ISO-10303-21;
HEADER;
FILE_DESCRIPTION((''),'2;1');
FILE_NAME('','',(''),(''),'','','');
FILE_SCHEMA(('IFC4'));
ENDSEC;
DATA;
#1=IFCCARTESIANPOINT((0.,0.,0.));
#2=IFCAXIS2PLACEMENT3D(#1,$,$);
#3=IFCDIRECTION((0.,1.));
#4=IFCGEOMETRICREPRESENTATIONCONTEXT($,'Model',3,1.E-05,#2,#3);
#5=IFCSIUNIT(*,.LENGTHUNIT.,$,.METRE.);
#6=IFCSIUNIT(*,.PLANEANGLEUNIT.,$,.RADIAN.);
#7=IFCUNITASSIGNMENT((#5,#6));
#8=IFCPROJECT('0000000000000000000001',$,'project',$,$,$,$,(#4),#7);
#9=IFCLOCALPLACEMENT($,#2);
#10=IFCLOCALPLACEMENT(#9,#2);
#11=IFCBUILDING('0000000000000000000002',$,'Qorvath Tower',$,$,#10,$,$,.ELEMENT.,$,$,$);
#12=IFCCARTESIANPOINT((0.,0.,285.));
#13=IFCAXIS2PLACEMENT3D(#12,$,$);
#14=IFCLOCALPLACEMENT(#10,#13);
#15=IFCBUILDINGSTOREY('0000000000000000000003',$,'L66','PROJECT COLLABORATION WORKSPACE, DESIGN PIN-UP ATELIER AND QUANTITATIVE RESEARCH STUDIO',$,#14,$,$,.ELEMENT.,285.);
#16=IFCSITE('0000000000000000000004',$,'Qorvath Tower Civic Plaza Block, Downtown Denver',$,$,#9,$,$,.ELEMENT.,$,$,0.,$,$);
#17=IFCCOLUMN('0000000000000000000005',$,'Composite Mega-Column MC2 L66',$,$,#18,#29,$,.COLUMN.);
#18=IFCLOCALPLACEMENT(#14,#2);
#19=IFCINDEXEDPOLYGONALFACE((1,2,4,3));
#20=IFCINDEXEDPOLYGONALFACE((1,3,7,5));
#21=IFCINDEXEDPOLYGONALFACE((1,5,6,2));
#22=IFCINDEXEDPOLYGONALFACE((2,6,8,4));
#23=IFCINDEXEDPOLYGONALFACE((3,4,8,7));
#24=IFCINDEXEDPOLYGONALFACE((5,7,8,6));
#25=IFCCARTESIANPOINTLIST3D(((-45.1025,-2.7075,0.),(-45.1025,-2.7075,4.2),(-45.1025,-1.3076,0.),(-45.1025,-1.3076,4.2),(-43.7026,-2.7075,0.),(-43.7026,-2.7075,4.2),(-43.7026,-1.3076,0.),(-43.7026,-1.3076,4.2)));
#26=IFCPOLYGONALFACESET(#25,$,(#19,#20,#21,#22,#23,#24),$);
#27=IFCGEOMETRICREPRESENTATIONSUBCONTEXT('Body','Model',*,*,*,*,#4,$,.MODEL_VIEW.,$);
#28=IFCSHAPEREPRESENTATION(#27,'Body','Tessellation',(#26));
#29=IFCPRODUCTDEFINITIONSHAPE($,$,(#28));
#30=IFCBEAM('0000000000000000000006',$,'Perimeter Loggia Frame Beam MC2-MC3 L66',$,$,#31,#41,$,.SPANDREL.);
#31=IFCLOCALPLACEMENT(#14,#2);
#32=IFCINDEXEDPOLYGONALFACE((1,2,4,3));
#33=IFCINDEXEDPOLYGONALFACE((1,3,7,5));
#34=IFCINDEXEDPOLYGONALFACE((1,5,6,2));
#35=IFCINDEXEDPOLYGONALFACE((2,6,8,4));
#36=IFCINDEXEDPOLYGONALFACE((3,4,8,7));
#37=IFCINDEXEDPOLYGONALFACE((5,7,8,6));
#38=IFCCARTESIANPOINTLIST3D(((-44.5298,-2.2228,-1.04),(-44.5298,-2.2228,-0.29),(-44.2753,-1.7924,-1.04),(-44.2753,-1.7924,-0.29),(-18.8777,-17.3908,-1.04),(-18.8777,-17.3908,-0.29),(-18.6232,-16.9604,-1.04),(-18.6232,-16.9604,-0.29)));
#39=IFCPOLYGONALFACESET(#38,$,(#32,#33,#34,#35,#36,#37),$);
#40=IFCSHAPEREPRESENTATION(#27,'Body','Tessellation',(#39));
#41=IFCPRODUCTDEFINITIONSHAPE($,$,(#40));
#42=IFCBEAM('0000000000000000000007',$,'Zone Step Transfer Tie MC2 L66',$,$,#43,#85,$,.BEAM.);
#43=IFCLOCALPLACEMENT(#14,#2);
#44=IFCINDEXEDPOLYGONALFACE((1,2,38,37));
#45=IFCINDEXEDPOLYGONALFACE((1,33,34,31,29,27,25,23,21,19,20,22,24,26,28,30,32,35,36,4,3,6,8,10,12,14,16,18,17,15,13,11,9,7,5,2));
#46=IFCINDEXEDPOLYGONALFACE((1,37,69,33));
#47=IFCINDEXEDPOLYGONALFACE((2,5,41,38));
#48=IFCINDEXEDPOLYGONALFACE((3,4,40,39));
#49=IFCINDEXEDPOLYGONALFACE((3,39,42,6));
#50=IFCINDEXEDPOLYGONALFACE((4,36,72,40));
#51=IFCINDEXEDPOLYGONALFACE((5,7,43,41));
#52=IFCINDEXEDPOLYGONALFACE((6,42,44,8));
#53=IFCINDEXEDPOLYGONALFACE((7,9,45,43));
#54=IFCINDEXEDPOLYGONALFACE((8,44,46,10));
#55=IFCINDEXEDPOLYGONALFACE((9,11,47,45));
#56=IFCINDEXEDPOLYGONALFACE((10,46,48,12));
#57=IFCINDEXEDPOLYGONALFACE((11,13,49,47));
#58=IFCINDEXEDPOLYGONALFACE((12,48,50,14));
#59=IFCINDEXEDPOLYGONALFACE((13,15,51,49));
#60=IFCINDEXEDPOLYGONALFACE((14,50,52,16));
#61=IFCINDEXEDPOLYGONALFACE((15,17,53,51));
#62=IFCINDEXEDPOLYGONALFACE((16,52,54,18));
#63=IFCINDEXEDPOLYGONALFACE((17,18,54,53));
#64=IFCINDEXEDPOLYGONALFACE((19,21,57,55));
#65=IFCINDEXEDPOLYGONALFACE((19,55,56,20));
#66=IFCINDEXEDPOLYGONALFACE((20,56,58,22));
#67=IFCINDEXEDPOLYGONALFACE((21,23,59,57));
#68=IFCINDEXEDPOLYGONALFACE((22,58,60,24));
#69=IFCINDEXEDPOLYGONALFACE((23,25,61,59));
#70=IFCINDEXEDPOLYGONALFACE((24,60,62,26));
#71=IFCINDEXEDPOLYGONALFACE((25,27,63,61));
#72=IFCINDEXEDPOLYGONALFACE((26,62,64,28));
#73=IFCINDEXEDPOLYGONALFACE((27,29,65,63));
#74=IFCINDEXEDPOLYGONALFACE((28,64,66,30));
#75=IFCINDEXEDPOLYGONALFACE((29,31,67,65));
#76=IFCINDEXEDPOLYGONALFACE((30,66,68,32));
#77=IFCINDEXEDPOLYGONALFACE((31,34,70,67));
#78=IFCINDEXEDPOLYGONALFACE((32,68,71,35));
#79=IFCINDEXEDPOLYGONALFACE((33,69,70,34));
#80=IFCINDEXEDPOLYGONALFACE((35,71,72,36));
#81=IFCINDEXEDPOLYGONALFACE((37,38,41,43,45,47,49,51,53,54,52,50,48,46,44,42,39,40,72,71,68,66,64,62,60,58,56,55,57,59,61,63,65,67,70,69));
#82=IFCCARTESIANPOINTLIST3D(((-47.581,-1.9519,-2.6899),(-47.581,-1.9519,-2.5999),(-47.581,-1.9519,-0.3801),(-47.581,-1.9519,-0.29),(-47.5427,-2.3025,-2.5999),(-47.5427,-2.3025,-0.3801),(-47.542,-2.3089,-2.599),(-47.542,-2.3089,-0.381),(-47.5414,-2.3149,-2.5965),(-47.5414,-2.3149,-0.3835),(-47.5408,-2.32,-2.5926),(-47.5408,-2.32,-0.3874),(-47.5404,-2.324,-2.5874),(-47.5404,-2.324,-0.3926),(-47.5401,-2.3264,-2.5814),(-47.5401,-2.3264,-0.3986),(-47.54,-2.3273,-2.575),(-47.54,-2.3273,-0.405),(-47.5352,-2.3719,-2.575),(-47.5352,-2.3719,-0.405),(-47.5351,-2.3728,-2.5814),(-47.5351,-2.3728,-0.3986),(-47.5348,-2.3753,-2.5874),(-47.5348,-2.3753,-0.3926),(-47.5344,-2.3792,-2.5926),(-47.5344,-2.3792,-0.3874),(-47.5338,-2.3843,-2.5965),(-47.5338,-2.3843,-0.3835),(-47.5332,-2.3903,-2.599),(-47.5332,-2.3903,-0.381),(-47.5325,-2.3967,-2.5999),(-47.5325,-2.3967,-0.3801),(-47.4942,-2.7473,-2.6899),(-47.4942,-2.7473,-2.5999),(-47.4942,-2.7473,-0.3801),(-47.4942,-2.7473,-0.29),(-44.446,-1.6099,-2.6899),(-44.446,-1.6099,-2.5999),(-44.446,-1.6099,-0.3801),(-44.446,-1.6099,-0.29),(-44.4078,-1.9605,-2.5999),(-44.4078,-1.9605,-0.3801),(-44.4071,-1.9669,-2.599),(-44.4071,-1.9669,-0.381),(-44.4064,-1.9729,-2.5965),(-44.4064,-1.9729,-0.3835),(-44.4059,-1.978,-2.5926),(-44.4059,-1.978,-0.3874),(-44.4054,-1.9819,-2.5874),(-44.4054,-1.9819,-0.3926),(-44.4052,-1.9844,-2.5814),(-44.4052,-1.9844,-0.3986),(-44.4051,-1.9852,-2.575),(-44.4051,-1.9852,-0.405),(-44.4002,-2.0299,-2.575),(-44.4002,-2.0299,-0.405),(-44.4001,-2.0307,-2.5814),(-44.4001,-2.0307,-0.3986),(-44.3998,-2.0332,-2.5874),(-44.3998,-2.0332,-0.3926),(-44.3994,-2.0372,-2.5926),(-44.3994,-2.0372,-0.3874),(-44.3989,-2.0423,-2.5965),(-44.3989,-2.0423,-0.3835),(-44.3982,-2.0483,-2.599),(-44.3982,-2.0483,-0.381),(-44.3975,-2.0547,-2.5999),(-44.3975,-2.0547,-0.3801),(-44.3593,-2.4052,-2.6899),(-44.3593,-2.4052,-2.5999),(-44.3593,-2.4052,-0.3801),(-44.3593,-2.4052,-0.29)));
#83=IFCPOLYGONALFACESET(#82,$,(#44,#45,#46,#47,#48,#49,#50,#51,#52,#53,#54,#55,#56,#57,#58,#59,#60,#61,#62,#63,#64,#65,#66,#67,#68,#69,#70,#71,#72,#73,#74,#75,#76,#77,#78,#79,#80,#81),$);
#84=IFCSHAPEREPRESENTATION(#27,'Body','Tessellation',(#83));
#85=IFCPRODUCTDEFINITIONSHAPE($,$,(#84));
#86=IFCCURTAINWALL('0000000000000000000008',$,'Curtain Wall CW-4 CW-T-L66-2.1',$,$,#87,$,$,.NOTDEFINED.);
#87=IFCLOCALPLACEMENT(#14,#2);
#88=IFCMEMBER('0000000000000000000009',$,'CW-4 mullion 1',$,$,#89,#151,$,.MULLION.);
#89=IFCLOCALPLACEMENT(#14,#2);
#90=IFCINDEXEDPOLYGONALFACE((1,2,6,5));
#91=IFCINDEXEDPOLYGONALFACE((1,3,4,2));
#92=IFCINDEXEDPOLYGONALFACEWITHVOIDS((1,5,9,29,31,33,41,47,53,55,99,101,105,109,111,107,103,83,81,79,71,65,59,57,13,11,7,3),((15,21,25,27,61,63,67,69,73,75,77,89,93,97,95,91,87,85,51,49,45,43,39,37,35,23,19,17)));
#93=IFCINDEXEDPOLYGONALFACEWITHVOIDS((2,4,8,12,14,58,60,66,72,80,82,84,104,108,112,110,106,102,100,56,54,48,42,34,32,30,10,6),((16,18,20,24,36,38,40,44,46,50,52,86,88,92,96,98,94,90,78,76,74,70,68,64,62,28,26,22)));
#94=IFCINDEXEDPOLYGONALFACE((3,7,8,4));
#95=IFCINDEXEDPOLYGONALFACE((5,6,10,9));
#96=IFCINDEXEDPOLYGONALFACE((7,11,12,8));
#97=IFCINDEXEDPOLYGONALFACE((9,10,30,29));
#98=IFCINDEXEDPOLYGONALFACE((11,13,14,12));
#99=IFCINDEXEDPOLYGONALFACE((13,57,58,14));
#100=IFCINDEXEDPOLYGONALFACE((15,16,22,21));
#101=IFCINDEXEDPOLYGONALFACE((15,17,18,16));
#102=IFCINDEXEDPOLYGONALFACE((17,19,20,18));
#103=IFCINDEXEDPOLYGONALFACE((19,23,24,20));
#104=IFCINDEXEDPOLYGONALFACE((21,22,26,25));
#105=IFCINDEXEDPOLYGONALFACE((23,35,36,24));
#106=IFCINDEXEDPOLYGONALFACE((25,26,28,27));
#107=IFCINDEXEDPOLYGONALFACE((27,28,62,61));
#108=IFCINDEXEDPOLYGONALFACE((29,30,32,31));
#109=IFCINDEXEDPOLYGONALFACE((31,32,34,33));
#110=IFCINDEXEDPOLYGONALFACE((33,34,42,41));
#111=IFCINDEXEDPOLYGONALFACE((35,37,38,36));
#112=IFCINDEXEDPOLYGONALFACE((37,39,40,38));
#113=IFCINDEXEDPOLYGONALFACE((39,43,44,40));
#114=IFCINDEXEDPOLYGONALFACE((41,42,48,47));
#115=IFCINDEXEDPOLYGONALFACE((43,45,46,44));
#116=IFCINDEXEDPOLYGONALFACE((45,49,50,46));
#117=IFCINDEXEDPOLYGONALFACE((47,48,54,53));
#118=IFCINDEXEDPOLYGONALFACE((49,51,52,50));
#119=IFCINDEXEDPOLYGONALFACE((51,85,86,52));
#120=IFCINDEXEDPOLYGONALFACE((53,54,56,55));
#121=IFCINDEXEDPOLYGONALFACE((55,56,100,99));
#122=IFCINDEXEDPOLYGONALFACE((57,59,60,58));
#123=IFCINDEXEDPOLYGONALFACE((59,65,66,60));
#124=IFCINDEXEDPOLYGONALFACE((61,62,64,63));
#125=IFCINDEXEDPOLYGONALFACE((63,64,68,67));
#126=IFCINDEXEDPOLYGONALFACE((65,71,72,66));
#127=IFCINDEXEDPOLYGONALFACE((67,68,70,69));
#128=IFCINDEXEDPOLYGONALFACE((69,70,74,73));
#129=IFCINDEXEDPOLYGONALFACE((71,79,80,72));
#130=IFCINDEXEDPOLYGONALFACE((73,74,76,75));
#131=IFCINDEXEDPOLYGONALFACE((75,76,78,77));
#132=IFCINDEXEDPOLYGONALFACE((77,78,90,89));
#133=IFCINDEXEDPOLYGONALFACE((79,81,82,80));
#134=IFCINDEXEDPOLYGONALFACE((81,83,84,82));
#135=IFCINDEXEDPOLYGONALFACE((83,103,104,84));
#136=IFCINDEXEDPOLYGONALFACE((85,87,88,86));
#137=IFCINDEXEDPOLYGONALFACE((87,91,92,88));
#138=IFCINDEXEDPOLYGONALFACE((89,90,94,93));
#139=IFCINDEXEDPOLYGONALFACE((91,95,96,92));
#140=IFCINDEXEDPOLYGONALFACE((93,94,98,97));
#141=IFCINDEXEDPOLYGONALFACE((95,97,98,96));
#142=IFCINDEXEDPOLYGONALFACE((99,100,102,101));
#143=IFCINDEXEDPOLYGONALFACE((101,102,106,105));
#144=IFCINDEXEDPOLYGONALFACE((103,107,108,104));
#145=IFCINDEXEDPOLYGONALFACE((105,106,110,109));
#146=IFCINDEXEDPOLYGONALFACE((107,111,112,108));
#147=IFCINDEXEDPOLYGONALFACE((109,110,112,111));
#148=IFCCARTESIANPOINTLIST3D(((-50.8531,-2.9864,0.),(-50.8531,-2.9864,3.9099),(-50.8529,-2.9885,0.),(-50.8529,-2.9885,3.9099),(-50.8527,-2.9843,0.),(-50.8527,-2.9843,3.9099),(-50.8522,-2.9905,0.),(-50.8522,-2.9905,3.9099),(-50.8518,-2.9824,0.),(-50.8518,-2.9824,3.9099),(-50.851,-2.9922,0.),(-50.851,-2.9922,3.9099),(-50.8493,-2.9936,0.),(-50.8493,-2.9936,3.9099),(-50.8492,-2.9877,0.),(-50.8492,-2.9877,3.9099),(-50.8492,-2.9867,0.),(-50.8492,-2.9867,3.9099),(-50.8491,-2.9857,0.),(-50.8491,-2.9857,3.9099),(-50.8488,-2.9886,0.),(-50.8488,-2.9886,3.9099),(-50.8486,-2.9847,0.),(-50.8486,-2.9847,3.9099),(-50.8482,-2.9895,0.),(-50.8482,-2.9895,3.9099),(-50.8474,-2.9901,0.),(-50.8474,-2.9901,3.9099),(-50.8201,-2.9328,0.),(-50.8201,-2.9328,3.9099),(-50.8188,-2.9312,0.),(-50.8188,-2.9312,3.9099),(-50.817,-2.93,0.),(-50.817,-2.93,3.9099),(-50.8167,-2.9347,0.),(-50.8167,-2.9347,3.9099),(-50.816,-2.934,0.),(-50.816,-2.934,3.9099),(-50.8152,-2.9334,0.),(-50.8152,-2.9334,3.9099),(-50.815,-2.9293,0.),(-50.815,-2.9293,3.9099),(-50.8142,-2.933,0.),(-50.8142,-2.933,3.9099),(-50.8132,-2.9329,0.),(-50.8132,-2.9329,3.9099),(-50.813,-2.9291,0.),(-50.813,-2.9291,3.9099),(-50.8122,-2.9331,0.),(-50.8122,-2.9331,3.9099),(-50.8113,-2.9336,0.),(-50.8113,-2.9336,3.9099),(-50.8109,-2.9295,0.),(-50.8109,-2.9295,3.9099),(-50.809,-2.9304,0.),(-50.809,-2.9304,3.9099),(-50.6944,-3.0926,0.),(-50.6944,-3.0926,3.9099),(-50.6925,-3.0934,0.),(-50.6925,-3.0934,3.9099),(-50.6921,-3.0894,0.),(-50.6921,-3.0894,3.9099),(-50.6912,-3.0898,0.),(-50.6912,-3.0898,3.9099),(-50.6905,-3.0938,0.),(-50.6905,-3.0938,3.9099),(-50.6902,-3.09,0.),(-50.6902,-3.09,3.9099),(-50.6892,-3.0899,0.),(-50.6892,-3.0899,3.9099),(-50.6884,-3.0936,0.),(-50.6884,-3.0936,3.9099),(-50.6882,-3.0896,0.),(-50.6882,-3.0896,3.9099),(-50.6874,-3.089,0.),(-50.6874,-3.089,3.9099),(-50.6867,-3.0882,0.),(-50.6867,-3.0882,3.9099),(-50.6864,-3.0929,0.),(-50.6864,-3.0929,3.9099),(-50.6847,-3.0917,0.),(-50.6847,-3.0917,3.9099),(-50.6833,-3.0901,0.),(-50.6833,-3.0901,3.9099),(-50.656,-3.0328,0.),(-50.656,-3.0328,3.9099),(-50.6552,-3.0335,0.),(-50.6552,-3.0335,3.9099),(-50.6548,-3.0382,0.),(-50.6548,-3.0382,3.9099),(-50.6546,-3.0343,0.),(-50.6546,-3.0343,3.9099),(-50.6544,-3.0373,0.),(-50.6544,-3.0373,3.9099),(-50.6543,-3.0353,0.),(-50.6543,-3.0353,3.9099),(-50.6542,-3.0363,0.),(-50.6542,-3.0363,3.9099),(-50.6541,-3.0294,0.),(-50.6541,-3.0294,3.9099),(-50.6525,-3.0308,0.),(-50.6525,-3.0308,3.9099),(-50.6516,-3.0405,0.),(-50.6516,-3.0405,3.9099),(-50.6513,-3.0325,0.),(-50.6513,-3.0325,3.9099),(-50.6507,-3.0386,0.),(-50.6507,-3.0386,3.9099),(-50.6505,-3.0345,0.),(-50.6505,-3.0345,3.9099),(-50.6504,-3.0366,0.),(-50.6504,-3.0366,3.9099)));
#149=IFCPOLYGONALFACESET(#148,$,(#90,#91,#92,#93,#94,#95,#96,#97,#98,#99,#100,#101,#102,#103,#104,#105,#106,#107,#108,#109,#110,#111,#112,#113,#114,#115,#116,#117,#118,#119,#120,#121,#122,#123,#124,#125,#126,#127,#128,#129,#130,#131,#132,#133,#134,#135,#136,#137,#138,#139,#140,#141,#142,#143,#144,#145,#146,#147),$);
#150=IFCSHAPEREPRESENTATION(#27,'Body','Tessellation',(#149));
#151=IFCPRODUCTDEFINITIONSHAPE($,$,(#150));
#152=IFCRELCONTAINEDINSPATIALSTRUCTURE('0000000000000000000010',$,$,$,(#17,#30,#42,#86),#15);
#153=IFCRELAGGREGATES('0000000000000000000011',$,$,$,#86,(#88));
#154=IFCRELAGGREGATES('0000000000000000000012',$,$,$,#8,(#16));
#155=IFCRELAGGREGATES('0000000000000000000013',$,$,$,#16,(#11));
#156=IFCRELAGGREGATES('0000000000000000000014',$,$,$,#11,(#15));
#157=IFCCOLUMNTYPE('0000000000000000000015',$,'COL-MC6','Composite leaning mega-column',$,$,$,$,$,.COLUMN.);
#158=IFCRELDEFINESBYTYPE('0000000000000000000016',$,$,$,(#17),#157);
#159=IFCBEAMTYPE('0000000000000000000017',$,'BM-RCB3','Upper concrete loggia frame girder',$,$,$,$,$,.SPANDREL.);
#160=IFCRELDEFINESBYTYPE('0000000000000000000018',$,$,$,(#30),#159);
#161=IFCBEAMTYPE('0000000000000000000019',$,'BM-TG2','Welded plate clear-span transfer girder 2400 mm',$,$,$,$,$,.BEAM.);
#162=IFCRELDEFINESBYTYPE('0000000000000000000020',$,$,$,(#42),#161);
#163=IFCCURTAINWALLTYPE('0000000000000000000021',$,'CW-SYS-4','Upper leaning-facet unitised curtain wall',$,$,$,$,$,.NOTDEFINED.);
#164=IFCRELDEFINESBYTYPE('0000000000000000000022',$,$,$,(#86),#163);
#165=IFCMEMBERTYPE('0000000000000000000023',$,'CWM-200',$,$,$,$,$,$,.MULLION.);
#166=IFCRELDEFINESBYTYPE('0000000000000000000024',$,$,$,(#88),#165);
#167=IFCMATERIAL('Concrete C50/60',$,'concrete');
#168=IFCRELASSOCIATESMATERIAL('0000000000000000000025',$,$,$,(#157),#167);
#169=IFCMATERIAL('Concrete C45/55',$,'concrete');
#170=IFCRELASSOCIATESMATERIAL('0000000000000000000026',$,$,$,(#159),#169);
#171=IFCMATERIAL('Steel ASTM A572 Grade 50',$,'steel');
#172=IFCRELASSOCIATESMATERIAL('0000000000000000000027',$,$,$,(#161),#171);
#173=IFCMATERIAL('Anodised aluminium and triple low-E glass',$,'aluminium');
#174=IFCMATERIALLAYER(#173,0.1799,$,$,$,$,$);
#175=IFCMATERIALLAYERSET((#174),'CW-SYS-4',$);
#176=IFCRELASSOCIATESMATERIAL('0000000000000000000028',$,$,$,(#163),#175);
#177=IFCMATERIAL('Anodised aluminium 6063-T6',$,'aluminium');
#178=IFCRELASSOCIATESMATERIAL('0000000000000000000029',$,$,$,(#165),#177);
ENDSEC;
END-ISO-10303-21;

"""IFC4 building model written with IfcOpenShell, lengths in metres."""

from ifc_helpers import new_model, si_unit, direction, frame, origin, origin_2d, place, context, subcontext, project, spatial, rectangle, hollow_rectangle, i_section, extrude, material, layer, layer_set, material_profile, profile_set, type_object, element, aggregate, save


model = new_model("IFC4")

# Units and contexts
model_context = context("Model", 3, precision=1e-05, world=origin(), true_north=direction((0.0, 1.0)))
body_context = subcontext(model_context, "Body", "Model", "MODEL_VIEW")
ifc_project = project(units=[si_unit("LENGTHUNIT", "METRE"), si_unit("PLANEANGLEUNIT", "RADIAN")], contexts=[model_context])

# Site, building, storey
site_placement = place(None, origin())
site = spatial("IfcSite", under=ifc_project, at=site_placement, Name="Qorvath Tower Civic Plaza Block, Downtown Denver", CompositionType="ELEMENT", RefElevation=0.0)
building_placement = place(site_placement, origin())
building = spatial("IfcBuilding", under=site, at=building_placement, Name="Qorvath Tower", CompositionType="ELEMENT")
storey_placement = place(building_placement, frame((0.0, 0.0, 285.0)))
storey = spatial("IfcBuildingStorey", under=building, at=storey_placement, Name="L66", Description="PROJECT COLLABORATION WORKSPACE, DESIGN PIN-UP ATELIER AND QUANTITATIVE RESEARCH STUDIO", CompositionType="ELEMENT", Elevation=285.0)

# Column
ifc_material_1 = material(Name="Concrete C50/60", Category="concrete")
ifc_material_profile_1 = material_profile(ifc_material_1, rectangle(XDim=1.3999, YDim=1.3999, at=origin_2d()), Name="MC 1400x1400")
ifc_profile_set_1 = profile_set([ifc_material_profile_1], Name="Concrete C50/60")
column_type = type_object("IfcColumnType", Name="COL-MC6", Description="Composite leaning mega-column", PredefinedType="COLUMN", material=ifc_profile_set_1)
column_placement = place(storey_placement, frame((-44.4026, -2.0076, 0.0), z_axis=(0.0, 0.0, 1.0), x_axis=(1.0, 0.0, 0.0)))
element("IfcColumn", 1, at=column_placement, inside=storey, type_object=column_type, Name="Composite Mega-Column MC2 L66", PredefinedType="COLUMN", context=body_context, shape_type="SweptSolid", body=[
    extrude(rectangle(XDim=1.3999, YDim=1.3999, at=origin_2d()), origin(), (0.0, 0.0, 1.0), 4.2),
])

# Beams
ifc_material_2 = material(Name="Concrete C45/55", Category="concrete")
ifc_material_profile_2 = material_profile(ifc_material_2, rectangle(XDim=0.5, YDim=0.75, at=origin_2d()), Name="RCB 750x500")
ifc_profile_set_2 = profile_set([ifc_material_profile_2], Name="Concrete C45/55")
beam_type_1 = type_object("IfcBeamType", Name="BM-RCB3", Description="Upper concrete loggia frame girder", PredefinedType="SPANDREL", material=ifc_profile_set_2)
beam_1_placement = place(storey_placement, frame((-44.4026, -2.0076, -0.665), z_axis=(0.860781, -0.508976, 0.0), x_axis=(0.508976, 0.860781, 0.0)))
element("IfcBeam", 2, at=beam_1_placement, inside=storey, type_object=beam_type_1, Name="Perimeter Loggia Frame Beam MC2-MC3 L66", PredefinedType="SPANDREL", context=body_context, shape_type="SweptSolid", body=[
    extrude(rectangle(XDim=0.5, YDim=0.75, at=origin_2d()), origin(), (0.0, 0.0, 1.0), 29.801),
])
ifc_material_3 = material(Name="Steel ASTM A572 Grade 50", Category="steel")
ifc_material_profile_3 = material_profile(ifc_material_3, i_section(OverallWidth=0.8, OverallDepth=2.3999, WebThickness=0.0449, FlangeThickness=0.0901, FilletRadius=0.0249, at=origin_2d()), Name="WTG 2400x800")
ifc_profile_set_3 = profile_set([ifc_material_profile_3], Name="Steel ASTM A572 Grade 50")
beam_type_2 = type_object("IfcBeamType", Name="BM-TG2", Description="Welded plate clear-span transfer girder 2400 mm", PredefinedType="BEAM", material=ifc_profile_set_3)
beam_2_placement = place(storey_placement, frame((-47.5376, -2.3496, -1.49), z_axis=(0.994101, 0.10846, 0.0), x_axis=(-0.10846, 0.994101, 0.0)))
element("IfcBeam", 3, at=beam_2_placement, inside=storey, type_object=beam_type_2, Name="Zone Step Transfer Tie MC2 L66", PredefinedType="BEAM", context=body_context, shape_type="SweptSolid", body=[
    extrude(i_section(OverallWidth=0.8, OverallDepth=2.3999, WebThickness=0.0449, FlangeThickness=0.0901, FilletRadius=0.0249, at=origin_2d()), origin(), (0.0, 0.0, 1.0), 3.1536),
])

# Curtain wall, member
ifc_material_4 = material(Name="Anodised aluminium and triple low-E glass", Category="aluminium")
ifc_layer_1 = layer(ifc_material_4, 0.1799)
ifc_layer_set_1 = layer_set([ifc_layer_1], Name="CW-SYS-4")
curtain_wall_type = type_object("IfcCurtainWallType", Name="CW-SYS-4", Description="Upper leaning-facet unitised curtain wall", PredefinedType="NOTDEFINED", material=ifc_layer_set_1)
curtain_wall_placement = place(storey_placement, origin())
curtain_wall = element("IfcCurtainWall", 4, at=curtain_wall_placement, inside=storey, type_object=curtain_wall_type, Name="Curtain Wall CW-4 CW-T-L66-2.1", PredefinedType="NOTDEFINED")
ifc_material_5 = material(Name="Anodised aluminium 6063-T6", Category="aluminium")
ifc_material_profile_4 = material_profile(ifc_material_5, hollow_rectangle(XDim=0.075, YDim=0.2, WallThickness=0.0039, InnerFilletRadius=0.0039, OuterFilletRadius=0.0081, at=origin_2d()), Name="CWM 200x75")
ifc_profile_set_4 = profile_set([ifc_material_profile_4], Name="Anodised aluminium 6063-T6")
member_type_1 = type_object("IfcMemberType", Name="CWM-200", PredefinedType="MULLION", material=ifc_profile_set_4)
member_1_placement = place(storey_placement, frame((-50.7517, -3.0115, 0.0), z_axis=(0.0, 0.0, 1.0), x_axis=(0.538532, 0.842605, 0.0)))
member_1 = element("IfcMember", 5, at=member_1_placement, type_object=member_type_1, Name="CW-4 mullion 1", PredefinedType="MULLION", context=body_context, shape_type="SweptSolid", body=[
    extrude(hollow_rectangle(XDim=0.075, YDim=0.2, WallThickness=0.0039, InnerFilletRadius=0.0039, OuterFilletRadius=0.0081, at=origin_2d()), origin(), (0.0, 0.0, 1.0), 3.9099),
])
aggregate(curtain_wall, [member_1])

save(model, "model.ifc")
